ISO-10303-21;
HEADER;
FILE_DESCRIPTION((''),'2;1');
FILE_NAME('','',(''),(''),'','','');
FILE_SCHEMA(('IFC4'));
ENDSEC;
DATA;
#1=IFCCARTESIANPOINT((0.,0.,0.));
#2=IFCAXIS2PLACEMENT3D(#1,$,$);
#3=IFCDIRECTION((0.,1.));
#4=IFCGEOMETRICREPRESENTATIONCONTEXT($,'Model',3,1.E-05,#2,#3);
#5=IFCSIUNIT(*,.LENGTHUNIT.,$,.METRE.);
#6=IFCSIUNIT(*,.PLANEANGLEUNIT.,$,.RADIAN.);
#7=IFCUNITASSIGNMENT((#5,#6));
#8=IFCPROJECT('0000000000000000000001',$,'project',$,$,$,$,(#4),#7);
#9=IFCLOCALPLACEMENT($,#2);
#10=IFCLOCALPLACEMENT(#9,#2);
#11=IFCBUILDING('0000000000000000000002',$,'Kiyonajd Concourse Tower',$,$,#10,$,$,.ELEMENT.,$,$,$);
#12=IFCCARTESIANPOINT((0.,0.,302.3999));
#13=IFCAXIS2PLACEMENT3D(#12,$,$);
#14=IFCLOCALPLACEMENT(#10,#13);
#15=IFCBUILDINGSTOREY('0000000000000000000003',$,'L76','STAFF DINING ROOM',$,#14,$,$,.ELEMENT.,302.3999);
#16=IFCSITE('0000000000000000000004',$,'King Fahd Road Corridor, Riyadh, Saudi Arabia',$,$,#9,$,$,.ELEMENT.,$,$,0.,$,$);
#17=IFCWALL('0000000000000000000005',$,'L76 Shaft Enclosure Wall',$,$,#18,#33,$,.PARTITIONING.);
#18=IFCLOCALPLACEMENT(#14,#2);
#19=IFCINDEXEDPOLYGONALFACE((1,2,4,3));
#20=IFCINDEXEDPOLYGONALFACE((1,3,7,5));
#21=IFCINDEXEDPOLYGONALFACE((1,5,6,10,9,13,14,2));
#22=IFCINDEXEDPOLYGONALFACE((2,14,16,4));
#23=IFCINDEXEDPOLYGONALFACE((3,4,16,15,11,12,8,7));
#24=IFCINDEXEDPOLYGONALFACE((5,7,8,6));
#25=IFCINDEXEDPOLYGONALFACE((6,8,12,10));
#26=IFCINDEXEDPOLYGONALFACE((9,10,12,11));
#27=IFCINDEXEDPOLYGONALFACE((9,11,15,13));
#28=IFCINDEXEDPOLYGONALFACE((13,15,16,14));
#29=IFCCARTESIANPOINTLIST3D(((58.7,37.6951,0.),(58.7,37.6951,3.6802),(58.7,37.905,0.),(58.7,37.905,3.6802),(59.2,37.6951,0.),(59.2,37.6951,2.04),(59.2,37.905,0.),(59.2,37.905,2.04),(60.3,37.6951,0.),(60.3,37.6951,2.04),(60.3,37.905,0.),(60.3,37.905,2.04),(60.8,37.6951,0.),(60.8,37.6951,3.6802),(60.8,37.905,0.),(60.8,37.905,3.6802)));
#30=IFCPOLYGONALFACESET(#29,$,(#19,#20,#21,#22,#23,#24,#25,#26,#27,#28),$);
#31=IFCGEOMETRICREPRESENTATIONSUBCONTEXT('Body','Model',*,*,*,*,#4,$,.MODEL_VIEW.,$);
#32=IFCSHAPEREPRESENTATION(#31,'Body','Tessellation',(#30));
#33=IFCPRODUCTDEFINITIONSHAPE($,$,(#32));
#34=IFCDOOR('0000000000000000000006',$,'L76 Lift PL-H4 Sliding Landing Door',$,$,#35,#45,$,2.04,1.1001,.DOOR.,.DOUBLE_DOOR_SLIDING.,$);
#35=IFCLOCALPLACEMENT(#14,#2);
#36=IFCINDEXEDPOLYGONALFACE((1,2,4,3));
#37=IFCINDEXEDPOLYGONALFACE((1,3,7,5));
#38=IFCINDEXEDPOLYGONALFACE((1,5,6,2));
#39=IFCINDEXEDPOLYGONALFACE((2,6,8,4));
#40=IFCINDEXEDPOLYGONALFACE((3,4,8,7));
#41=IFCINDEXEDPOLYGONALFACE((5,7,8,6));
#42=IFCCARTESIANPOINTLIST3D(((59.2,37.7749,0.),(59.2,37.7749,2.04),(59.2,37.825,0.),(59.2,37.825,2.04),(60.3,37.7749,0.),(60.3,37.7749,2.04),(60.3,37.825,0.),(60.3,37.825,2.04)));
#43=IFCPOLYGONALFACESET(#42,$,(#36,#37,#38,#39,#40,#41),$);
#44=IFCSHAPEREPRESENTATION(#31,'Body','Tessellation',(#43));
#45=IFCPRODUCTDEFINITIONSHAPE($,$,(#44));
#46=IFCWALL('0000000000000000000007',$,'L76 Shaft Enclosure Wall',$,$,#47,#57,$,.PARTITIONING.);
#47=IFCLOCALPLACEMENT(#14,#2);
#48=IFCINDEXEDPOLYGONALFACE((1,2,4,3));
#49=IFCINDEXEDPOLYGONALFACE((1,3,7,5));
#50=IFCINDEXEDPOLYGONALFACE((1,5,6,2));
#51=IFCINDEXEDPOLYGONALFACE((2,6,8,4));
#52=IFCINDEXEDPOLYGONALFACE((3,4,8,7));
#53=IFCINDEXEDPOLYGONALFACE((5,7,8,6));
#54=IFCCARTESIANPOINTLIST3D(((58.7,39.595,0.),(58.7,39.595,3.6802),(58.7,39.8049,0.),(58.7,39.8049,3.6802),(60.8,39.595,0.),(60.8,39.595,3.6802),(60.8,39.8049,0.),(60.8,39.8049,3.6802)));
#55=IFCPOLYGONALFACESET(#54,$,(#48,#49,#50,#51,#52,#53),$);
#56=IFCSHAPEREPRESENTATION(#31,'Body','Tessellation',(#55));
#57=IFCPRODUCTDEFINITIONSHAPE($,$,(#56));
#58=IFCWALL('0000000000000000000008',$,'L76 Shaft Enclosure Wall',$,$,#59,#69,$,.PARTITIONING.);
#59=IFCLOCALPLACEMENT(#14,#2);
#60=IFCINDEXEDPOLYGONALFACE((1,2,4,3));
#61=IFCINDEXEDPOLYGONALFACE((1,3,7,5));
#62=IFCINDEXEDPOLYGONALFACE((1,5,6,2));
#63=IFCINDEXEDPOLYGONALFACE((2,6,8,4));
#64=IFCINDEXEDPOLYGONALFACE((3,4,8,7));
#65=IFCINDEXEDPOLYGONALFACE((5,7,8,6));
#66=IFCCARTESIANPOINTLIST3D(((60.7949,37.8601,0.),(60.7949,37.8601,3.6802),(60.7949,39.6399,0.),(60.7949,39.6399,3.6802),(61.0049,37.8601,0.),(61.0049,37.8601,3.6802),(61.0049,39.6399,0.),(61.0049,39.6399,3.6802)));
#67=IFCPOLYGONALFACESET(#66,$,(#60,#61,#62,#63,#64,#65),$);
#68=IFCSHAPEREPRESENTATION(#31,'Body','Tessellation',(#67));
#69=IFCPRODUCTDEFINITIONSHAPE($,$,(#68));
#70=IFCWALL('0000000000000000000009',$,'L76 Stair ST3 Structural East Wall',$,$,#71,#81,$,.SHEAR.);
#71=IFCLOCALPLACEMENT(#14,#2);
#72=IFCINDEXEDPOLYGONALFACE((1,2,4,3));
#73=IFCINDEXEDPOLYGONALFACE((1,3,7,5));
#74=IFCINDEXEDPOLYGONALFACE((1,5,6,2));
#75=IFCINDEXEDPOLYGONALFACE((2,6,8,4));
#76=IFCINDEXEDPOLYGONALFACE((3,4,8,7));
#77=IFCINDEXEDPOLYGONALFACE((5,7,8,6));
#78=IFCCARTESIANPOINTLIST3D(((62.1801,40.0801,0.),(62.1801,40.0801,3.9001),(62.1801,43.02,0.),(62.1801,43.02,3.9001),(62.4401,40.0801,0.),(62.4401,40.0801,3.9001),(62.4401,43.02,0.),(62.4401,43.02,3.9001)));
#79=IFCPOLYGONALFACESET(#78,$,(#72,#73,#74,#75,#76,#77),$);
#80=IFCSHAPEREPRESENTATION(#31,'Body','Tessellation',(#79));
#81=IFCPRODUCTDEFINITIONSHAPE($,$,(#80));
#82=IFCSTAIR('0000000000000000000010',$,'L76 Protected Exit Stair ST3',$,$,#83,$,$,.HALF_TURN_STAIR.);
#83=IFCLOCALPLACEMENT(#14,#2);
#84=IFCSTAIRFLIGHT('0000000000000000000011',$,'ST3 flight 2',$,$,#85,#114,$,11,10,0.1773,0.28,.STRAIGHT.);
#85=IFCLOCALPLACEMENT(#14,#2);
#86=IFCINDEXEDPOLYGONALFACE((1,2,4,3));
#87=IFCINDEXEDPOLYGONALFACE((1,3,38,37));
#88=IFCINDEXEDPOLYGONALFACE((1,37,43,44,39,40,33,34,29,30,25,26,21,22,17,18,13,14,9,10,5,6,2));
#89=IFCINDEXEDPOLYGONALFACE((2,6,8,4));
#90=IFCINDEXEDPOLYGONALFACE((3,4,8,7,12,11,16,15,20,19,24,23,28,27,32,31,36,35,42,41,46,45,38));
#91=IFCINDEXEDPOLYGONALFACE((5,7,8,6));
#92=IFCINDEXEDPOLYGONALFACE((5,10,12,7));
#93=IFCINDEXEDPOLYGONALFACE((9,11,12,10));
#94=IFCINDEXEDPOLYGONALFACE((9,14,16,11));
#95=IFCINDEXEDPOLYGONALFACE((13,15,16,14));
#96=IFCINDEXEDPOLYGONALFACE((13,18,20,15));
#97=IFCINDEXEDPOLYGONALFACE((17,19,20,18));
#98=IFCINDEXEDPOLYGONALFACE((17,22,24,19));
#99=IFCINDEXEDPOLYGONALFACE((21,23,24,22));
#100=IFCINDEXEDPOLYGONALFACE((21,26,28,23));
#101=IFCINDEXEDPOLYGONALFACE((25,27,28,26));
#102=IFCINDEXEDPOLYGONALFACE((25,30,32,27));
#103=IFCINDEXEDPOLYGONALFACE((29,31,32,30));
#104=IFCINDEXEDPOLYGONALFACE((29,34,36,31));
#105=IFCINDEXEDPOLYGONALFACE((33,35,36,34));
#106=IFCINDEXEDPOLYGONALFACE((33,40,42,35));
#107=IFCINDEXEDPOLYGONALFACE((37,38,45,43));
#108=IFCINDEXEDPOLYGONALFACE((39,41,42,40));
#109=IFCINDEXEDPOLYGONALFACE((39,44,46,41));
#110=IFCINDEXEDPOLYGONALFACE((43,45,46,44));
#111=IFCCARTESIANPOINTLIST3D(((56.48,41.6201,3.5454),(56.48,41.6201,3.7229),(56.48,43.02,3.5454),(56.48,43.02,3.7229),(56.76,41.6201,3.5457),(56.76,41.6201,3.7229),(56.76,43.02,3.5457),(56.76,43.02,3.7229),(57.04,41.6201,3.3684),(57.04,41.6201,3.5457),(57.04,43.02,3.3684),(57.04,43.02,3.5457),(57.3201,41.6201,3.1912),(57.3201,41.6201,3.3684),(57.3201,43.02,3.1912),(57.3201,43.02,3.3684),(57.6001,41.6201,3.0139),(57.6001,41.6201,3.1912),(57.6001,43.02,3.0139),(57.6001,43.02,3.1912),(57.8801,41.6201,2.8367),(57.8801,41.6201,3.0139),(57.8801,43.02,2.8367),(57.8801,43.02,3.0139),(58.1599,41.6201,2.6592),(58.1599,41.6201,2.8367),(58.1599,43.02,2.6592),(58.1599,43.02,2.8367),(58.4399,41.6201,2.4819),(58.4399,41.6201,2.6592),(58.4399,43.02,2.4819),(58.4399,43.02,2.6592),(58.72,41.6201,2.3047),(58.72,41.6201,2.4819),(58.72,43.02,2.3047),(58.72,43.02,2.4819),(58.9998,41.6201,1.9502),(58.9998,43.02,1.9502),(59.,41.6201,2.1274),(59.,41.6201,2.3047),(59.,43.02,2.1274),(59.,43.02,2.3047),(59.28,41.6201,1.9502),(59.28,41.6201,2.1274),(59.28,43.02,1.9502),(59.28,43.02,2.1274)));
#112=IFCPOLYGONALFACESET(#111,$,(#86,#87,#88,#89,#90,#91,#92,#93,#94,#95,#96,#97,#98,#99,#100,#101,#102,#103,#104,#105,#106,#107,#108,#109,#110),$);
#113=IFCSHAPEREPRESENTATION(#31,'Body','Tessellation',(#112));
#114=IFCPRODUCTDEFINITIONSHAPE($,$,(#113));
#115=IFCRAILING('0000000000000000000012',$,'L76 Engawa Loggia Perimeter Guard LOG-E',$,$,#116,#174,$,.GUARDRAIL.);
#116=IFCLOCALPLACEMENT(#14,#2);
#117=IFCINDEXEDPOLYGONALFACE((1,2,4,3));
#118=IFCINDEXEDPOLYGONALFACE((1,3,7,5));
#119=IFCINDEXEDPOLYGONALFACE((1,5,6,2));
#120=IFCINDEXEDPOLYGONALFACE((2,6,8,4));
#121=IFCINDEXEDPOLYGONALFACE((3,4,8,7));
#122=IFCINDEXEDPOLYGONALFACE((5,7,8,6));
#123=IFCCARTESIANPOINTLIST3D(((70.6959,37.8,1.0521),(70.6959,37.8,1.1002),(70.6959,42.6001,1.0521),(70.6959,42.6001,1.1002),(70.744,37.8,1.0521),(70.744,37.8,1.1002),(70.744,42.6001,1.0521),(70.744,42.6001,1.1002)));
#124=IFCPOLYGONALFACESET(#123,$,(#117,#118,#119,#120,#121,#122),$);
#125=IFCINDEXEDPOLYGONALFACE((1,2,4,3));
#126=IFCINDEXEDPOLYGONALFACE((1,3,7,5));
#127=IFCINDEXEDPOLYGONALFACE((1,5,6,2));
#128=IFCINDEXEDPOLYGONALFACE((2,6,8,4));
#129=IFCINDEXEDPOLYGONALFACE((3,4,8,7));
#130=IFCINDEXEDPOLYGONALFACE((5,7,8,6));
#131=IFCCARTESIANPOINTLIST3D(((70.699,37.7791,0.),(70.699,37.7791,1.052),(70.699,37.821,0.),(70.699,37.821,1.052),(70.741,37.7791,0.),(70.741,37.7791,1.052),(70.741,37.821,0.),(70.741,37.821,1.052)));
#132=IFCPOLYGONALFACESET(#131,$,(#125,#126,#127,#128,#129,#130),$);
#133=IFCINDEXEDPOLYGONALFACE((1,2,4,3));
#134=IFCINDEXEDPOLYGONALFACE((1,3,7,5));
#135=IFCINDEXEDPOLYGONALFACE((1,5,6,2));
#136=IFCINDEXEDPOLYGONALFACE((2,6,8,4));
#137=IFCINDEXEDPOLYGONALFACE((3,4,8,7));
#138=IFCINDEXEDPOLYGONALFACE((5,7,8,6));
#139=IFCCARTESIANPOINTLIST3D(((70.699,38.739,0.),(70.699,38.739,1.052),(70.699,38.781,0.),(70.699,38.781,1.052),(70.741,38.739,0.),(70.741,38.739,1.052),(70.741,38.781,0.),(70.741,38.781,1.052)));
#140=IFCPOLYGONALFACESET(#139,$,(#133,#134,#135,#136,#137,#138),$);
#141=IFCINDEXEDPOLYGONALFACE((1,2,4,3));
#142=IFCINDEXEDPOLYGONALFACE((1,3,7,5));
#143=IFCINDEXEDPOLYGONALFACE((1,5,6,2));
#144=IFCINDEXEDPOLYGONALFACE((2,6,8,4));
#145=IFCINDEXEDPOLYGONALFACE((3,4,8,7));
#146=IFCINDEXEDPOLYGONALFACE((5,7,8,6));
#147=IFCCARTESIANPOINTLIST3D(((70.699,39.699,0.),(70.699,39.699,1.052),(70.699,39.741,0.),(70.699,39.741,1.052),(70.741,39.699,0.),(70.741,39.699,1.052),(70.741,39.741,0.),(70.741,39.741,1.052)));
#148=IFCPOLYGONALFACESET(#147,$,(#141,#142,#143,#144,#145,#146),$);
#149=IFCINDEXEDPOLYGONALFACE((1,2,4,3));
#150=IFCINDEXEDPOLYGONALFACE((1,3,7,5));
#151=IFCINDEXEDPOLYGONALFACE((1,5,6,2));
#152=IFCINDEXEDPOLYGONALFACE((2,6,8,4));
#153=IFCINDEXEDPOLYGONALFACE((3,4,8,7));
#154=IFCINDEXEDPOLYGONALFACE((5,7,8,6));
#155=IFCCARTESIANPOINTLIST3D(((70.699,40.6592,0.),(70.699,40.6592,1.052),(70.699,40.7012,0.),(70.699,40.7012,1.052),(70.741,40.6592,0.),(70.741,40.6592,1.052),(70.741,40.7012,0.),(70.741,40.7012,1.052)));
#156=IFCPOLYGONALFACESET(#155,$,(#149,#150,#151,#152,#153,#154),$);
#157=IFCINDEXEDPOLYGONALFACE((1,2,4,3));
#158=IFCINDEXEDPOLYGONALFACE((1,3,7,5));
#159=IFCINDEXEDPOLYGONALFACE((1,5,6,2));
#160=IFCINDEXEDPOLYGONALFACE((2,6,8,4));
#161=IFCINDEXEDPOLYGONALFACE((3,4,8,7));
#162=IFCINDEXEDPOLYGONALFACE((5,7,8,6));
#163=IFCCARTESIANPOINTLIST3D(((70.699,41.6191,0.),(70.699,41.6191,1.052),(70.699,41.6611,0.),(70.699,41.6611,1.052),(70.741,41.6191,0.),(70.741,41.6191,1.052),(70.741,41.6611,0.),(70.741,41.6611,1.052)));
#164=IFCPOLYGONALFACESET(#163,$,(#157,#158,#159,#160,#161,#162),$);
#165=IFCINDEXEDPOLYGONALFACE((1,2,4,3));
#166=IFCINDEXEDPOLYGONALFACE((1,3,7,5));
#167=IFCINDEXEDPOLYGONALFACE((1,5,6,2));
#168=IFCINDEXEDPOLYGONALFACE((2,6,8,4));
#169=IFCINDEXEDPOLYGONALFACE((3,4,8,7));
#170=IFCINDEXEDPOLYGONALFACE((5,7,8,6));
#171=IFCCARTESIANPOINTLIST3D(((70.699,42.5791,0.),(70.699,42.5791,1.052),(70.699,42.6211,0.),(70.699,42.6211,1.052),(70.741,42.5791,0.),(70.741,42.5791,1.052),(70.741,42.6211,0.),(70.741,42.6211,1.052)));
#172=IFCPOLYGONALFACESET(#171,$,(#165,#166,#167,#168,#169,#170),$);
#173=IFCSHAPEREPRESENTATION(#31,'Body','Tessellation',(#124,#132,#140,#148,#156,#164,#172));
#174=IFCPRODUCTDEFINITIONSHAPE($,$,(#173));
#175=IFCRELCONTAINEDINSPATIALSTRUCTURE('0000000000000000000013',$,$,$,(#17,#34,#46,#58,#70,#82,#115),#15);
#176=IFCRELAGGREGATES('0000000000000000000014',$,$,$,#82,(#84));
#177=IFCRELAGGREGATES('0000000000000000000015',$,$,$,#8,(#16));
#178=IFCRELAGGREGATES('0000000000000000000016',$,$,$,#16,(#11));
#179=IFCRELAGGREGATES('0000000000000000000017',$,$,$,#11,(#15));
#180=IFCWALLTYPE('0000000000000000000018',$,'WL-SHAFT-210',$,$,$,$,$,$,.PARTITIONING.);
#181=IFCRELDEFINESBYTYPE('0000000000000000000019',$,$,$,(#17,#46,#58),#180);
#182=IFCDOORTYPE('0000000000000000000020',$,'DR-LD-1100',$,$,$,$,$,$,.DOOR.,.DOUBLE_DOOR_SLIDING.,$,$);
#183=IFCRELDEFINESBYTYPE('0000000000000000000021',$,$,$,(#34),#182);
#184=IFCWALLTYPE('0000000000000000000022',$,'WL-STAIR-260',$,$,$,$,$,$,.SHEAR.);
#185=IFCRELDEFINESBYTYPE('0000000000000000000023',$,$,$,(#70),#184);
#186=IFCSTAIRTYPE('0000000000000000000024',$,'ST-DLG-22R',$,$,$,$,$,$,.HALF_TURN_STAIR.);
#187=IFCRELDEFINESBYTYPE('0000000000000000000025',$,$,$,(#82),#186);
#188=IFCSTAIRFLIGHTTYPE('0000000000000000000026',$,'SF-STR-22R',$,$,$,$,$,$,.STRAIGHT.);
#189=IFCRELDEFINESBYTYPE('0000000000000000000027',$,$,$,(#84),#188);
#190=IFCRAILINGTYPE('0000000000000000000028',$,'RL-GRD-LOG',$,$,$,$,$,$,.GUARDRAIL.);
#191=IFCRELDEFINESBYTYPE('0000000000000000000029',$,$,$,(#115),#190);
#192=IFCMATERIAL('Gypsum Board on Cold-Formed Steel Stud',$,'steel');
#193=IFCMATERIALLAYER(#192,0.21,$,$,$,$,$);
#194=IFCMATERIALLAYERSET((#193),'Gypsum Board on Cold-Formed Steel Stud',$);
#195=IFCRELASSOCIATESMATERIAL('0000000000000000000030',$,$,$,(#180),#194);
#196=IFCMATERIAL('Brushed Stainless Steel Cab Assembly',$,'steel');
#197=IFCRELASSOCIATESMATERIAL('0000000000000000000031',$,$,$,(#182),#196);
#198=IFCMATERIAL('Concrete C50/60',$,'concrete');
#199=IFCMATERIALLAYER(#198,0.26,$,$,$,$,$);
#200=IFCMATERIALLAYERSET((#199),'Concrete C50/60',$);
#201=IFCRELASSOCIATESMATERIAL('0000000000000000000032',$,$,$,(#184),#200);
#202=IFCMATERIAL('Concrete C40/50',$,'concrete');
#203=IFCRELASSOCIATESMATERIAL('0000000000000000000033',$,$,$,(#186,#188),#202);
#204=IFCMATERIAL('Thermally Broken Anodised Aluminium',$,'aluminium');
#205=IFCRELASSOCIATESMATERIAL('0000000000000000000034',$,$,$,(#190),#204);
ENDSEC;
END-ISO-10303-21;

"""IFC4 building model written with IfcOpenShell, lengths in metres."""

from ifc_helpers import new_model, si_unit, direction, frame, frame_2d, origin, origin_2d, place, context, subcontext, project, spatial, polyline, rectangle, outline, extrude, material, layer, layer_set, type_object, element, fill, aggregate, save


model = new_model("IFC4")

# Units and contexts
model_context = context("Model", 3, precision=1e-05, world=origin(), true_north=direction((0.0, 1.0)))
body_context = subcontext(model_context, "Body", "Model", "MODEL_VIEW")
ifc_project = project(units=[si_unit("LENGTHUNIT", "METRE"), si_unit("PLANEANGLEUNIT", "RADIAN")], contexts=[model_context])

# Site, building, storey
site_placement = place(None, origin())
site = spatial("IfcSite", under=ifc_project, at=site_placement, Name="King Fahd Road Corridor, Riyadh, Saudi Arabia", CompositionType="ELEMENT", RefElevation=0.0)
building_placement = place(site_placement, origin())
building = spatial("IfcBuilding", under=site, at=building_placement, Name="Kiyonajd Concourse Tower", CompositionType="ELEMENT")
storey_placement = place(building_placement, frame((0.0, 0.0, 302.3999)))
storey = spatial("IfcBuildingStorey", under=building, at=storey_placement, Name="L76", Description="STAFF DINING ROOM", CompositionType="ELEMENT", Elevation=302.3999)

# Shared definitions
ifc_material_1 = material(Name="Thermally Broken Anodised Aluminium", Category="aluminium")

# Shared definitions
ifc_material_2 = material(Name="Gypsum Board on Cold-Formed Steel Stud", Category="steel")
ifc_layer_1 = layer(ifc_material_2, 0.21)
ifc_layer_set_1 = layer_set([ifc_layer_1], Name="Gypsum Board on Cold-Formed Steel Stud")
wall_type_1 = type_object("IfcWallType", Name="WL-SHAFT-210", PredefinedType="PARTITIONING", material=ifc_layer_set_1)

# Wall, opening, door
wall_1_placement = place(storey_placement, frame((58.7, 37.8, 0.0), z_axis=(0.0, 0.0, 1.0), x_axis=(1.0, 0.0, 0.0)))
wall_1 = element("IfcWall", 1, at=wall_1_placement, inside=storey, type_object=wall_type_1, Name="L76 Shaft Enclosure Wall", PredefinedType="PARTITIONING", context=body_context, shape_type="SweptSolid", body=[
    extrude(rectangle(XDim=2.1001, YDim=0.21, at=frame_2d((1.05, 0.0))), origin(), (0.0, 0.0, 1.0), 3.6802),
])
opening_1_placement = place(wall_1_placement, frame((0.5, 0.0, 0.0)))
opening_1 = element("IfcOpeningElement", 2, at=opening_1_placement, cuts=wall_1, PredefinedType="OPENING", context=body_context, shape_type="SweptSolid", body=[
    extrude(rectangle(XDim=1.1001, YDim=2.04, at=frame_2d((0.55, 1.02))), frame((0.0, 0.115, 0.0), z_axis=(0.0, -1.0, 0.0), x_axis=(1.0, 0.0, 0.0)), (0.0, 0.0, 1.0), 0.23),
])
ifc_material_3 = material(Name="Brushed Stainless Steel Cab Assembly", Category="steel")
door_type_1 = type_object("IfcDoorType", Name="DR-LD-1100", OperationType="DOUBLE_DOOR_SLIDING", PredefinedType="DOOR", material=ifc_material_3)
door_1_placement = place(opening_1_placement, origin())
door_1 = element("IfcDoor", 3, at=door_1_placement, inside=storey, type_object=door_type_1, Name="L76 Lift PL-H4 Sliding Landing Door", OperationType="DOUBLE_DOOR_SLIDING", OverallHeight=2.04, OverallWidth=1.1001, PredefinedType="DOOR", context=body_context, shape_type="SweptSolid", body=[
    extrude(rectangle(XDim=1.1001, YDim=2.04, at=frame_2d((0.55, 1.02))), frame((0.0, 0.0249, 0.0), z_axis=(0.0, -1.0, 0.0), x_axis=(1.0, 0.0, 0.0)), (0.0, 0.0, 1.0), 0.05),
])
fill(opening_1, door_1)

# Walls
wall_2_placement = place(storey_placement, frame((58.7, 39.7, 0.0), z_axis=(0.0, 0.0, 1.0), x_axis=(1.0, 0.0, 0.0)))
element("IfcWall", 4, at=wall_2_placement, inside=storey, type_object=wall_type_1, Name="L76 Shaft Enclosure Wall", PredefinedType="PARTITIONING", context=body_context, shape_type="SweptSolid", body=[
    extrude(rectangle(XDim=2.1001, YDim=0.21, at=frame_2d((1.05, 0.0))), origin(), (0.0, 0.0, 1.0), 3.6802),
])
wall_3_placement = place(storey_placement, frame((60.8999, 37.8601, 0.0), z_axis=(0.0, 0.0, 1.0), x_axis=(0.0, 1.0, 0.0)))
element("IfcWall", 5, at=wall_3_placement, inside=storey, type_object=wall_type_1, Name="L76 Shaft Enclosure Wall", PredefinedType="PARTITIONING", context=body_context, shape_type="SweptSolid", body=[
    extrude(rectangle(XDim=1.7798, YDim=0.21, at=frame_2d((0.8899, 0.0))), origin(), (0.0, 0.0, 1.0), 3.6802),
])
ifc_material_4 = material(Name="Concrete C50/60", Category="concrete")
ifc_layer_2 = layer(ifc_material_4, 0.26)
ifc_layer_set_2 = layer_set([ifc_layer_2], Name="Concrete C50/60")
wall_type_2 = type_object("IfcWallType", Name="WL-STAIR-260", PredefinedType="SHEAR", material=ifc_layer_set_2)
wall_4_placement = place(storey_placement, frame((62.3101, 40.0801, 0.0), z_axis=(0.0, 0.0, 1.0), x_axis=(0.0, 1.0, 0.0)))
element("IfcWall", 6, at=wall_4_placement, inside=storey, type_object=wall_type_2, Name="L76 Stair ST3 Structural East Wall", PredefinedType="SHEAR", context=body_context, shape_type="SweptSolid", body=[
    extrude(rectangle(XDim=2.9399, YDim=0.26, at=frame_2d((1.47, 0.0))), origin(), (0.0, 0.0, 1.0), 3.9001),
])

# Stair, stair flight
ifc_material_5 = material(Name="Concrete C40/50", Category="concrete")
stair_type = type_object("IfcStairType", Name="ST-DLG-22R", PredefinedType="HALF_TURN_STAIR", material=ifc_material_5)
stair_placement = place(storey_placement, origin())
stair = element("IfcStair", 7, at=stair_placement, inside=storey, type_object=stair_type, Name="L76 Protected Exit Stair ST3", PredefinedType="HALF_TURN_STAIR")
stair_flight_type = type_object("IfcStairFlightType", Name="SF-STR-22R", PredefinedType="STRAIGHT", material=ifc_material_5)
stair_flight_placement = place(storey_placement, frame((59.28, 42.3201, 1.9502), z_axis=(0.0, 0.0, 1.0), x_axis=(-1.0, 0.0, 0.0)))
stair_flight = element("IfcStairFlight", 8, at=stair_flight_placement, type_object=stair_flight_type, Name="ST3 flight 2", NumberOfRisers=11, NumberOfTreads=10, PredefinedType="STRAIGHT", RiserHeight=0.1773, TreadLength=0.28, context=body_context, shape_type="SweptSolid", body=[
    extrude(outline(polyline([(0.0, 0.0), (0.0, 0.1772), (0.28, 0.1772), (0.28, 0.3545), (0.5601, 0.3545), (0.5601, 0.5317), (0.8401, 0.5317), (0.8401, 0.709), (1.1201, 0.709), (1.1201, 0.8865), (1.3999, 0.8865), (1.3999, 1.0637), (1.6799, 1.0637), (1.6799, 1.241), (1.96, 1.241), (1.96, 1.4182), (2.24, 1.4182), (2.24, 1.5955), (2.52, 1.5955), (2.52, 1.7727), (2.8, 1.7727), (2.8, 1.95), (2.8, 1.5952), (0.2803, 0.0), (0.0, 0.0)])), frame((0.0, 0.7, 0.0), z_axis=(0.0, -1.0, 0.0), x_axis=(1.0, 0.0, 0.0)), (0.0, 0.0, 1.0), 1.3999),
])
aggregate(stair, [stair_flight])

# Railing
railing_type_1 = type_object("IfcRailingType", Name="RL-GRD-LOG", PredefinedType="GUARDRAIL", material=ifc_material_1)
railing_1_placement = place(storey_placement, frame((70.72, 37.8, 0.0)))
element("IfcRailing", 9, at=railing_1_placement, inside=storey, type_object=railing_type_1, Name="L76 Engawa Loggia Perimeter Guard LOG-E", PredefinedType="GUARDRAIL", context=body_context, shape_type="SweptSolid", body=[
    extrude(rectangle(XDim=0.0481, YDim=0.0481, at=origin_2d()), frame((0.0, 0.0, 1.0762), z_axis=(0.0, 1.0, 0.0), x_axis=(-1.0, 0.0, 0.0)), (0.0, 0.0, 1.0), 4.8),
    extrude(rectangle(XDim=0.042, YDim=0.042, at=origin_2d()), origin(), (0.0, 0.0, 1.0), 1.052),
    extrude(rectangle(XDim=0.042, YDim=0.042, at=origin_2d()), frame((0.0, 0.96, 0.0)), (0.0, 0.0, 1.0), 1.052),
    extrude(rectangle(XDim=0.042, YDim=0.042, at=origin_2d()), frame((0.0, 1.9199, 0.0)), (0.0, 0.0, 1.0), 1.052),
    extrude(rectangle(XDim=0.042, YDim=0.042, at=origin_2d()), frame((0.0, 2.8801, 0.0)), (0.0, 0.0, 1.0), 1.052),
    extrude(rectangle(XDim=0.042, YDim=0.042, at=origin_2d()), frame((0.0, 3.8401, 0.0)), (0.0, 0.0, 1.0), 1.052),
    extrude(rectangle(XDim=0.042, YDim=0.042, at=origin_2d()), frame((0.0, 4.8, 0.0)), (0.0, 0.0, 1.0), 1.052),
])

save(model, "model.ifc")
